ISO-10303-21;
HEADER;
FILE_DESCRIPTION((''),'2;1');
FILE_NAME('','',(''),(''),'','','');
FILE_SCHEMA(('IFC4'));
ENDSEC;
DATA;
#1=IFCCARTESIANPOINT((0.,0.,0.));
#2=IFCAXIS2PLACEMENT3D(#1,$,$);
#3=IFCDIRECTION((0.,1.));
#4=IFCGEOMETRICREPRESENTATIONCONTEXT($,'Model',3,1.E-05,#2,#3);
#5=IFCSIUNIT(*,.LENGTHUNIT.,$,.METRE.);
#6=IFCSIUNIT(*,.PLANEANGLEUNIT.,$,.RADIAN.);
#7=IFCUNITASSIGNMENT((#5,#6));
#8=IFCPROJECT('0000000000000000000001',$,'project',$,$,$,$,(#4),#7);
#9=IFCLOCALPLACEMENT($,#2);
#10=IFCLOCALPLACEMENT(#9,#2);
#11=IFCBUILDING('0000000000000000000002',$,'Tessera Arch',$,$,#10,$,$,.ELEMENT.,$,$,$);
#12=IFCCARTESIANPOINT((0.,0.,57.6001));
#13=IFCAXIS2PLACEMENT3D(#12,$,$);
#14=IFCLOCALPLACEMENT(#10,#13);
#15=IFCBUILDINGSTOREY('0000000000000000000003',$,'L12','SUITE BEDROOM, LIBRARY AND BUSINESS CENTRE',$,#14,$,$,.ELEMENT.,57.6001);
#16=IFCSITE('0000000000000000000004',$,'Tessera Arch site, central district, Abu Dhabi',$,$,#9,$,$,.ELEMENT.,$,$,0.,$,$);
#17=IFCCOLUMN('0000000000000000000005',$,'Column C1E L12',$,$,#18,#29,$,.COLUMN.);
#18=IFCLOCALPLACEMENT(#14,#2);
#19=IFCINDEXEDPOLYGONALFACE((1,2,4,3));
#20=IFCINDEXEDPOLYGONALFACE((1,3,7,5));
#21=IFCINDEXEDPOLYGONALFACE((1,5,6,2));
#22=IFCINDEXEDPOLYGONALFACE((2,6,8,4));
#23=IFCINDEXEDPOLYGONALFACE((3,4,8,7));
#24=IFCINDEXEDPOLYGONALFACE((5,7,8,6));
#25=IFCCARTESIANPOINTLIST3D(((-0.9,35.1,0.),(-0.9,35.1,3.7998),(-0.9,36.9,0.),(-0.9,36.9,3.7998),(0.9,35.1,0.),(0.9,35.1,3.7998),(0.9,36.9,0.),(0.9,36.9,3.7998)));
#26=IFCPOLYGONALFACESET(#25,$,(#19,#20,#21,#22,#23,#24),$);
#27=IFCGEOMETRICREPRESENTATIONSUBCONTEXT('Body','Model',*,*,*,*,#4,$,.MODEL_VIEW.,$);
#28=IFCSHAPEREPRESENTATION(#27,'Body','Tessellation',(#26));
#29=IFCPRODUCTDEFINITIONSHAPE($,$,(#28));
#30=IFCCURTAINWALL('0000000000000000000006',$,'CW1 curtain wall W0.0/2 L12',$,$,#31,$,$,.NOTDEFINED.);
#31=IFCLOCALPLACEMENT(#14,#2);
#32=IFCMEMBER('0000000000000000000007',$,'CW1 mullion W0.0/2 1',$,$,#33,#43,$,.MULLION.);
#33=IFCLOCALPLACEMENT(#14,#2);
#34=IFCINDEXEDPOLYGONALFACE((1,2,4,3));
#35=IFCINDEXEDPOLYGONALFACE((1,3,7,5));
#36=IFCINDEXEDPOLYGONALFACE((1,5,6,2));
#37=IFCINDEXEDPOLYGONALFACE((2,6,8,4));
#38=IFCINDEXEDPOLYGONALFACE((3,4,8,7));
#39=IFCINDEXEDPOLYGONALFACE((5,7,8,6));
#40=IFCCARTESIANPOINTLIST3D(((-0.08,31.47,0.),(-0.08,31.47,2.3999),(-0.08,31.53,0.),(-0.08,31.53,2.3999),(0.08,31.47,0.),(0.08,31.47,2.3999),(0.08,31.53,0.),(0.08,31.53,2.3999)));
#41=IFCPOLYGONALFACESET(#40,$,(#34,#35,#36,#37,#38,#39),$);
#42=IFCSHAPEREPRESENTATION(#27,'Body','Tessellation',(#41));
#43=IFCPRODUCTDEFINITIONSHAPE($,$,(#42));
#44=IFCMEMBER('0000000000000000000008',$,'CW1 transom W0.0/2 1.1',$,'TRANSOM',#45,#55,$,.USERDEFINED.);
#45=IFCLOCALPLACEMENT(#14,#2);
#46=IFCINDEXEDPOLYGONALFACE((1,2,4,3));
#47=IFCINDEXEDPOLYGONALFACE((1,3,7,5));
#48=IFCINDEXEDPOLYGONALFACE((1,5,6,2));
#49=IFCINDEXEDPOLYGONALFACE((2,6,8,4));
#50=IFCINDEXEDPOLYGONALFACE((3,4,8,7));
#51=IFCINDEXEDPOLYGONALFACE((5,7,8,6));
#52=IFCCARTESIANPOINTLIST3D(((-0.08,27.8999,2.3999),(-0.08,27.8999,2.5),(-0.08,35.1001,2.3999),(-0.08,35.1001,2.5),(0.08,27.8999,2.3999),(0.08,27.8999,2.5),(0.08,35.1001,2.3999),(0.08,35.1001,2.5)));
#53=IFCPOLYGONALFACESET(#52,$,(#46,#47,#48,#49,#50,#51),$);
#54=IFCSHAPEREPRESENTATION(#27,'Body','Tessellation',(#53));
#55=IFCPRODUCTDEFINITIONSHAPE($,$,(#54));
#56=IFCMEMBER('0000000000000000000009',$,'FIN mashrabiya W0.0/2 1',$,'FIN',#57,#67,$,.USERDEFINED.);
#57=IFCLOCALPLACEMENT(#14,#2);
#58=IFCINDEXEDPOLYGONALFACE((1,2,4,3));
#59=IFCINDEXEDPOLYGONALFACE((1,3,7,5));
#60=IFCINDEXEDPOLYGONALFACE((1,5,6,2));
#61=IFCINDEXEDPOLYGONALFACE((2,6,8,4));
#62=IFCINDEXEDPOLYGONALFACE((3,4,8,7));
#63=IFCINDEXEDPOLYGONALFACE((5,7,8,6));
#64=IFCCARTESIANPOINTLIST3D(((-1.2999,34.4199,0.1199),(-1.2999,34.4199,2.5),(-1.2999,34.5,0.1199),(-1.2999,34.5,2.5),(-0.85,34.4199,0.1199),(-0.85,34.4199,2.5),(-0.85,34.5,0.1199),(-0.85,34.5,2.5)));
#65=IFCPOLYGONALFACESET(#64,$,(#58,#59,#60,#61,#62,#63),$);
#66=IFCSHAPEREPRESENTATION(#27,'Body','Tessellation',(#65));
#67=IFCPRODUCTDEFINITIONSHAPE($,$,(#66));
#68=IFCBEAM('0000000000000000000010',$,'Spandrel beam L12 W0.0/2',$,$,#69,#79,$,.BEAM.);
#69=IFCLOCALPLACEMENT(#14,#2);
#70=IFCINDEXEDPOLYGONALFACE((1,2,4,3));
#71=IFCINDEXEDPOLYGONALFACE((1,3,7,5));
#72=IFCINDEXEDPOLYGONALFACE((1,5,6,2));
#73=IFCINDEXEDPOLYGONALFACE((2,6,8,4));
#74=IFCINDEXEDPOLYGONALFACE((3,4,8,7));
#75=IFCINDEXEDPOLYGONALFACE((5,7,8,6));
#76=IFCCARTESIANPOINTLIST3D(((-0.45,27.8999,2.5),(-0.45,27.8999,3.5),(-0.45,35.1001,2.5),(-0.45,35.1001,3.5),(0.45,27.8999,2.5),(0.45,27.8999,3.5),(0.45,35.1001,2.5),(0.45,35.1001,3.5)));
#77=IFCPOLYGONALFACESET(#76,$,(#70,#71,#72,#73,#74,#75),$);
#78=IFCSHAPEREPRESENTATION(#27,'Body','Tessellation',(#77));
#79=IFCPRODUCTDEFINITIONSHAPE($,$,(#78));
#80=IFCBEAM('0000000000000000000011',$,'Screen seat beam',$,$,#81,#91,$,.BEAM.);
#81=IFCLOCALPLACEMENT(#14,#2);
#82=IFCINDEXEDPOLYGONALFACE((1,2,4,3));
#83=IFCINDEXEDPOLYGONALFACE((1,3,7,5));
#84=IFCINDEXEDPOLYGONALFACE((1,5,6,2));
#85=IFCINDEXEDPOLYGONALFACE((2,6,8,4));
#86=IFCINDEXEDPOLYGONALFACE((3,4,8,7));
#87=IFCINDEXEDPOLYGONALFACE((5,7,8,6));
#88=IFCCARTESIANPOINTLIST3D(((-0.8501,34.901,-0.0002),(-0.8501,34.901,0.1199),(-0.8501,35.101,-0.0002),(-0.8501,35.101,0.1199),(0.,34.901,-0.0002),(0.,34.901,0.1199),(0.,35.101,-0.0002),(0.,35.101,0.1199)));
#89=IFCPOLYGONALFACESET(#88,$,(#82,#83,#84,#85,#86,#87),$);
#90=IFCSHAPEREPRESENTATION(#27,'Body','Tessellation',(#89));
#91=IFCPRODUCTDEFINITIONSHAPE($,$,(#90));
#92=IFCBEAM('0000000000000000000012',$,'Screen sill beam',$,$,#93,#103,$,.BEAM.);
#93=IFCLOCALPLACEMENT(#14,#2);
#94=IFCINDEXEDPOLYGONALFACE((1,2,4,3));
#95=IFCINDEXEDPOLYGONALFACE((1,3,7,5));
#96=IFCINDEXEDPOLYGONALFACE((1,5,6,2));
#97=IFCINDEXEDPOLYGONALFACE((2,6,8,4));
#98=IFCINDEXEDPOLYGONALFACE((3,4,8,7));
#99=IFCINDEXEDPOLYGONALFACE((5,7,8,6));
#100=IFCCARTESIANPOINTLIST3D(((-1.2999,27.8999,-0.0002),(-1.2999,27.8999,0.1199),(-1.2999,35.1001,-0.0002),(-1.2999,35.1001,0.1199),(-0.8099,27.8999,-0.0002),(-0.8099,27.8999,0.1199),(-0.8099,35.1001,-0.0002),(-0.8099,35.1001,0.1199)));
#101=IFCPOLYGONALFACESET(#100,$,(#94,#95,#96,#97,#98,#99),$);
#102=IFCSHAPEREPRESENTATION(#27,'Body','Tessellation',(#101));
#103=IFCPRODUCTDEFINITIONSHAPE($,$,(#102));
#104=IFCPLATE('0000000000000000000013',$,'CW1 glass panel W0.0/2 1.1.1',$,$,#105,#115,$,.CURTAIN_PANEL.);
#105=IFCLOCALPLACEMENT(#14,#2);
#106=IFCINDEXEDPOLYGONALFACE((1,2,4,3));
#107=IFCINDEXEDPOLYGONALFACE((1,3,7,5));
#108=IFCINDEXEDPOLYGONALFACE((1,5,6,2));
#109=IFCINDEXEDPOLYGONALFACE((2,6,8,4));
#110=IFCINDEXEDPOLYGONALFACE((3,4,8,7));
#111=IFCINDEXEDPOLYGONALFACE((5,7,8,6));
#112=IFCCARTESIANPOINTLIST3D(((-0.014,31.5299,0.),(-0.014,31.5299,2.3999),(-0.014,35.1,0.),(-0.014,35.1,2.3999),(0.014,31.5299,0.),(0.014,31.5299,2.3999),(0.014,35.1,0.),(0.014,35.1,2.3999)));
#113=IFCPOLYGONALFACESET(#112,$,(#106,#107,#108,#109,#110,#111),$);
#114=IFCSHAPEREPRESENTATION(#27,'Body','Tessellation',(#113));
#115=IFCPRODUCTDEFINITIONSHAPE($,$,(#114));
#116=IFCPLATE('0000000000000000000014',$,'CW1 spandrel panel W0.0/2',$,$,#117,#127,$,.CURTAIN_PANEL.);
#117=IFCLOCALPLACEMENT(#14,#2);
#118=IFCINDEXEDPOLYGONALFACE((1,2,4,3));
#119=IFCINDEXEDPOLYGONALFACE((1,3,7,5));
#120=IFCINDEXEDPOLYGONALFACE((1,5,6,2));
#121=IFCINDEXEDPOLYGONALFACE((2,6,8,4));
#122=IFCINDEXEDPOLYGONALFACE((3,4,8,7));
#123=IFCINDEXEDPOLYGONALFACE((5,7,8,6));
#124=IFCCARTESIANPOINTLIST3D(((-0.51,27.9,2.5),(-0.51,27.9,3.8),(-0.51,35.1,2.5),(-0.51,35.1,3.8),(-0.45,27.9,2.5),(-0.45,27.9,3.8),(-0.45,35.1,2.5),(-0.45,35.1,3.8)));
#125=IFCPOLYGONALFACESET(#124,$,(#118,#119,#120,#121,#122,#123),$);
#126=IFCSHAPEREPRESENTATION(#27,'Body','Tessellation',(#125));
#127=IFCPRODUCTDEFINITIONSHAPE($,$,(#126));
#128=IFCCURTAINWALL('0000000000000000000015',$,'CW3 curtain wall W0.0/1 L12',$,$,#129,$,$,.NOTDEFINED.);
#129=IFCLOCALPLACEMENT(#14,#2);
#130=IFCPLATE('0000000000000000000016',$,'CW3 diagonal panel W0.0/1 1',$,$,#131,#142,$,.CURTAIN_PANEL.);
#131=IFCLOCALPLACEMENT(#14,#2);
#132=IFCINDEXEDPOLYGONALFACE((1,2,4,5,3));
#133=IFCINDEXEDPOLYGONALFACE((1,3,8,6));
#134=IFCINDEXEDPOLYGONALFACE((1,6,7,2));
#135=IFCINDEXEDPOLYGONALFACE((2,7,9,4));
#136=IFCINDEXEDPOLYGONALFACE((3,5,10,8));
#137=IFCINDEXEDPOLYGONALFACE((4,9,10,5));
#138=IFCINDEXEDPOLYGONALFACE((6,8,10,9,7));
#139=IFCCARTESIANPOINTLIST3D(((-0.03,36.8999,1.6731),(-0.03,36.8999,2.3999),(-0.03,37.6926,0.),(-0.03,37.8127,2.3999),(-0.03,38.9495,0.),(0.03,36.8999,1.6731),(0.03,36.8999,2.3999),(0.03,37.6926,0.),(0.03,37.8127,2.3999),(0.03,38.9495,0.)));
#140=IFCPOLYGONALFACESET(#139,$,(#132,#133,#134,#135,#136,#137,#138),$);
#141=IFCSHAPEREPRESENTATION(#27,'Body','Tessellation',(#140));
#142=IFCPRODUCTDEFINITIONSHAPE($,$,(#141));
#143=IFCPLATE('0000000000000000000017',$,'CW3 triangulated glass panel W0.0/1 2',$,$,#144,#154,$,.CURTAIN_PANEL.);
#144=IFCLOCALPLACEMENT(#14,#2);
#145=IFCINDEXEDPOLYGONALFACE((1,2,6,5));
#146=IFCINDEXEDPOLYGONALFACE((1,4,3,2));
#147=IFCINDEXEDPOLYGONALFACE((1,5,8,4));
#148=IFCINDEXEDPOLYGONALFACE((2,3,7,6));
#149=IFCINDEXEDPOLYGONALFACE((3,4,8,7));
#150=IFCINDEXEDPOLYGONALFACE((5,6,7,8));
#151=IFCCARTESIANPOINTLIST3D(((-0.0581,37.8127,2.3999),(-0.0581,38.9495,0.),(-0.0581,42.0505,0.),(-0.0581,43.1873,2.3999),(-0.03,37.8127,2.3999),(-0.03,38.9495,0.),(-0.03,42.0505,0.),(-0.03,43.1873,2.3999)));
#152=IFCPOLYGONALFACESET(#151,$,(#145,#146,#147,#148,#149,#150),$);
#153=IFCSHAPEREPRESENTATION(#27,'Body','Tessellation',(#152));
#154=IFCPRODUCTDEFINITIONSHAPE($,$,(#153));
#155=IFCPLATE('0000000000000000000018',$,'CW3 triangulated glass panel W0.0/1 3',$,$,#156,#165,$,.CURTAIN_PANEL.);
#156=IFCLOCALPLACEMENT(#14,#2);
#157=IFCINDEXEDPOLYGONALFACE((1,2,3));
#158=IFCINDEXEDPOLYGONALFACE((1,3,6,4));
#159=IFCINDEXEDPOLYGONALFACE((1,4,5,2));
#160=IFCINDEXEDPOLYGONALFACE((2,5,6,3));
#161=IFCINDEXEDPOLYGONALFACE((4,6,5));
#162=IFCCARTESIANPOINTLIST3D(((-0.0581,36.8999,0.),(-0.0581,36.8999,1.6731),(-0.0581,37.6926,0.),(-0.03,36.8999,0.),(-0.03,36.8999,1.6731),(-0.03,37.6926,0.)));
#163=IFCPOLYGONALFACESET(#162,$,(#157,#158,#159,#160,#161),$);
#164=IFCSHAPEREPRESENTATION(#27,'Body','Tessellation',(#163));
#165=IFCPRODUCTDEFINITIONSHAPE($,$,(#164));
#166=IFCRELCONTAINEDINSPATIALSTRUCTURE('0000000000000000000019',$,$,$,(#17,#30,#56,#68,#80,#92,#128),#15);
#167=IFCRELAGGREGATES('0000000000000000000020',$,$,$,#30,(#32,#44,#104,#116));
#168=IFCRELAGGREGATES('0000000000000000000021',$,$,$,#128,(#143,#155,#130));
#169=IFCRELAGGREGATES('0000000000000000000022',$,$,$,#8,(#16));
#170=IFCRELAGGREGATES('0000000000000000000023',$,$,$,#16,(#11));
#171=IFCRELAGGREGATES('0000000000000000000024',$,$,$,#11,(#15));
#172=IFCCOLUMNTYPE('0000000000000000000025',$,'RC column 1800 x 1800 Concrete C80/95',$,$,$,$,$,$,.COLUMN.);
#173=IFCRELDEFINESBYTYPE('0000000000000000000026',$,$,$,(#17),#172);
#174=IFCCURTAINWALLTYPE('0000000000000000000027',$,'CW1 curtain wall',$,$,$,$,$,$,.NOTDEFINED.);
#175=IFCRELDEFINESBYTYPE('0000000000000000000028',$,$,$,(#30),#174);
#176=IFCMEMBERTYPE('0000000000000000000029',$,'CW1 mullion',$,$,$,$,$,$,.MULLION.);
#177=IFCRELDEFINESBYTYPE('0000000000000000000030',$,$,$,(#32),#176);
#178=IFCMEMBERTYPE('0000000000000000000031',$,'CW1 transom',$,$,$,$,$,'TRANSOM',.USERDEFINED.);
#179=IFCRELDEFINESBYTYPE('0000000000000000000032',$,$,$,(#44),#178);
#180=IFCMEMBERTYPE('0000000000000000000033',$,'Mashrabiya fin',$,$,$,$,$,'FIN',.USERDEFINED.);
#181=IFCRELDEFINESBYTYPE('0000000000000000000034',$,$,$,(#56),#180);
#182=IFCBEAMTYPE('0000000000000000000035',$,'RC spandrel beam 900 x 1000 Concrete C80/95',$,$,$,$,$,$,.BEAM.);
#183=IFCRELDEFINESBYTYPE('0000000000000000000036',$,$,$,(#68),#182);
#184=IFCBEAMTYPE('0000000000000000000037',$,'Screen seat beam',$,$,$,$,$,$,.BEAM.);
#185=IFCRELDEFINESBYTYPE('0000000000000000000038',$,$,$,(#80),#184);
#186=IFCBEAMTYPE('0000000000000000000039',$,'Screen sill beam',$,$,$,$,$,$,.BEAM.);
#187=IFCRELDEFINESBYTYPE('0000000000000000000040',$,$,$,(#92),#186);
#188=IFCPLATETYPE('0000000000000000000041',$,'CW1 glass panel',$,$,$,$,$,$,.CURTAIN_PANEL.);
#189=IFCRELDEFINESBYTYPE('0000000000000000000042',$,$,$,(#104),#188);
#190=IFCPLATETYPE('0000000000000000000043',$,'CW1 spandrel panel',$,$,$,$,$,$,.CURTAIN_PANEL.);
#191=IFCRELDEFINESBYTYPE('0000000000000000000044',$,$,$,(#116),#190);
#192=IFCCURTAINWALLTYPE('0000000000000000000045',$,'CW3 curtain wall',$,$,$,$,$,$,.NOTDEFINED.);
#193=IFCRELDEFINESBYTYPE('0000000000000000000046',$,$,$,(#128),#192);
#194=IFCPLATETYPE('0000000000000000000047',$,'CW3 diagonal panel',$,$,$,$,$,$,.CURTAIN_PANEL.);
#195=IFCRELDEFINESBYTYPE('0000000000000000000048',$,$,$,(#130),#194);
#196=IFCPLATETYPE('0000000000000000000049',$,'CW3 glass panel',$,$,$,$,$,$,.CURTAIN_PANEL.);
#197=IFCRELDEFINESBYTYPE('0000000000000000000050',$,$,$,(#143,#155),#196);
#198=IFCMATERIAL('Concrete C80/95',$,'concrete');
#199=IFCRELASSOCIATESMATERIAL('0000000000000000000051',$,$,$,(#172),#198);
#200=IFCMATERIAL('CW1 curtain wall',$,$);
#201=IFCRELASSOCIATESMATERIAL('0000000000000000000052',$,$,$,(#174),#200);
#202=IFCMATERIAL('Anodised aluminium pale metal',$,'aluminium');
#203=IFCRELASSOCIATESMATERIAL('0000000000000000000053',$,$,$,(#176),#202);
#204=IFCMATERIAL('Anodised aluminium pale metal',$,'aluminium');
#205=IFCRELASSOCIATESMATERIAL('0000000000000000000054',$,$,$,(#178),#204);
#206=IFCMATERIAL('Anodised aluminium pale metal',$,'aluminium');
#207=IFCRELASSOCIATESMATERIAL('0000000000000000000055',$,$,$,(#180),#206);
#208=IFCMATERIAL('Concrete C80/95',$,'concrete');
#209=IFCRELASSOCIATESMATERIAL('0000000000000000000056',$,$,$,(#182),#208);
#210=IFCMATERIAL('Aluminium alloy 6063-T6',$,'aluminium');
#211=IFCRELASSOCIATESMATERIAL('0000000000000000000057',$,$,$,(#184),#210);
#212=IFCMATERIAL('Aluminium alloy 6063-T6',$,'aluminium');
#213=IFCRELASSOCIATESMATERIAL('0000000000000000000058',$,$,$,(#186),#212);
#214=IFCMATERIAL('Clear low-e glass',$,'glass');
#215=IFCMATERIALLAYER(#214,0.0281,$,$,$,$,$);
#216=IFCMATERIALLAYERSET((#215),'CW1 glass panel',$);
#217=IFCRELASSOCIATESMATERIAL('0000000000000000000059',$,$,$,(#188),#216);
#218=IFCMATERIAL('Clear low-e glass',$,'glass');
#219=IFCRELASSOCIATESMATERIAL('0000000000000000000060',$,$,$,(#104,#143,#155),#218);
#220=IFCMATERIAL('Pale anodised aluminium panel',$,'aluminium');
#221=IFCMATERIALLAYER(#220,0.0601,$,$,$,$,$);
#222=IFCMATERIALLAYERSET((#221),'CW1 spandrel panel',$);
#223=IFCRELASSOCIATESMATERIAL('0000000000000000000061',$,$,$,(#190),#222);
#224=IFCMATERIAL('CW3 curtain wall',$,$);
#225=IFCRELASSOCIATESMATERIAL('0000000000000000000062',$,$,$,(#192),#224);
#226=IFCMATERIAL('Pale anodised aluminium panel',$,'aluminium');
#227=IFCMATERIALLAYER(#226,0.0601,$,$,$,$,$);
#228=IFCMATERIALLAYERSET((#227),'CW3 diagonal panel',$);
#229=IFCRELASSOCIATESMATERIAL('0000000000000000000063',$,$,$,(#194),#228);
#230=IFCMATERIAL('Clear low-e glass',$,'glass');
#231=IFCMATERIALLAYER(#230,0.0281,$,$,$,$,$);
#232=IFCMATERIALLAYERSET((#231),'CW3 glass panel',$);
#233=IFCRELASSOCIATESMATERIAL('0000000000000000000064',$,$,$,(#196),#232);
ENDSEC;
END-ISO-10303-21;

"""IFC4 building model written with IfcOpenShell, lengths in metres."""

from ifc_helpers import new_model, si_unit, direction, frame, origin, origin_2d, place, context, subcontext, project, spatial, polyline, rectangle, outline, extrude, material, layer, layer_set, material_profile, profile_set, type_object, element, aggregate, save


model = new_model("IFC4")

# Units and contexts
model_context = context("Model", 3, precision=1e-05, world=origin(), true_north=direction((0.0, 1.0)))
body_context = subcontext(model_context, "Body", "Model", "MODEL_VIEW")
ifc_project = project(units=[si_unit("LENGTHUNIT", "METRE"), si_unit("PLANEANGLEUNIT", "RADIAN")], contexts=[model_context])

# Site, building, storey
site_placement = place(None, origin())
site = spatial("IfcSite", under=ifc_project, at=site_placement, Name="Tessera Arch site, central district, Abu Dhabi", CompositionType="ELEMENT", RefElevation=0.0)
building_placement = place(site_placement, origin())
building = spatial("IfcBuilding", under=site, at=building_placement, Name="Tessera Arch", CompositionType="ELEMENT")
storey_placement = place(building_placement, frame((0.0, 0.0, 57.6001)))
storey = spatial("IfcBuildingStorey", under=building, at=storey_placement, Name="L12", Description="SUITE BEDROOM, LIBRARY AND BUSINESS CENTRE", CompositionType="ELEMENT", Elevation=57.6001)

# Column
ifc_material_1 = material(Name="Concrete C80/95", Category="concrete")
ifc_material_profile_1 = material_profile(ifc_material_1, rectangle(XDim=1.8, YDim=1.8, at=origin_2d()), Name="RC column 1800 x 1800 Concrete C80/95")
ifc_profile_set_1 = profile_set([ifc_material_profile_1], Name="Concrete C80/95")
column_type = type_object("IfcColumnType", Name="RC column 1800 x 1800 Concrete C80/95", PredefinedType="COLUMN", material=ifc_profile_set_1)
column_placement = place(storey_placement, frame((0.0, 36.0, 0.0), z_axis=(0.0, 0.0, 1.0), x_axis=(1.0, 0.0, 0.0)))
element("IfcColumn", 1, at=column_placement, inside=storey, type_object=column_type, Name="Column C1E L12", PredefinedType="COLUMN", context=body_context, shape_type="SweptSolid", body=[
    extrude(rectangle(XDim=1.8, YDim=1.8, at=origin_2d()), origin(), (0.0, 0.0, 1.0), 3.7998),
])

# Curtain wall, members
ifc_material_2 = material(Name="CW1 curtain wall")
curtain_wall_type_1 = type_object("IfcCurtainWallType", Name="CW1 curtain wall", PredefinedType="NOTDEFINED", material=ifc_material_2)
curtain_wall_1_placement = place(storey_placement, origin())
curtain_wall_1 = element("IfcCurtainWall", 2, at=curtain_wall_1_placement, inside=storey, type_object=curtain_wall_type_1, Name="CW1 curtain wall W0.0/2 L12", PredefinedType="NOTDEFINED")
ifc_material_3 = material(Name="Anodised aluminium pale metal", Category="aluminium")
ifc_material_profile_2 = material_profile(ifc_material_3, rectangle(XDim=0.1599, YDim=0.0601, at=origin_2d()), Name="AL 60x160")
ifc_profile_set_2 = profile_set([ifc_material_profile_2], Name="Anodised aluminium pale metal")
member_type_1 = type_object("IfcMemberType", Name="CW1 mullion", PredefinedType="MULLION", material=ifc_profile_set_2)
member_1_placement = place(storey_placement, frame((0.0, 31.5, 0.0), z_axis=(0.0, 0.0, 1.0), x_axis=(1.0, 0.0, 0.0)))
member_1 = element("IfcMember", 3, at=member_1_placement, type_object=member_type_1, Name="CW1 mullion W0.0/2 1", PredefinedType="MULLION", context=body_context, shape_type="SweptSolid", body=[
    extrude(rectangle(XDim=0.1599, YDim=0.0601, at=origin_2d()), origin(), (0.0, 0.0, 1.0), 2.3999),
])
ifc_material_4 = material(Name="Anodised aluminium pale metal", Category="aluminium")
ifc_material_profile_3 = material_profile(ifc_material_4, rectangle(XDim=0.1599, YDim=0.1001, at=origin_2d()), Name="AL 160x100")
ifc_profile_set_3 = profile_set([ifc_material_profile_3], Name="Anodised aluminium pale metal")
member_type_2 = type_object("IfcMemberType", Name="CW1 transom", ElementType="TRANSOM", PredefinedType="USERDEFINED", material=ifc_profile_set_3)
member_2_placement = place(storey_placement, frame((0.0, 35.1001, 2.45), z_axis=(0.0, -1.0, 0.0), x_axis=(1.0, 0.0, 0.0)))
member_2 = element("IfcMember", 4, at=member_2_placement, type_object=member_type_2, Name="CW1 transom W0.0/2 1.1", ObjectType="TRANSOM", PredefinedType="USERDEFINED", context=body_context, shape_type="SweptSolid", body=[
    extrude(rectangle(XDim=0.1599, YDim=0.1001, at=origin_2d()), origin(), (0.0, 0.0, 1.0), 7.2002),
])

# Member
ifc_material_5 = material(Name="Anodised aluminium pale metal", Category="aluminium")
ifc_material_profile_4 = material_profile(ifc_material_5, rectangle(XDim=0.45, YDim=0.0801, at=origin_2d()), Name="AL 80x450")
ifc_profile_set_4 = profile_set([ifc_material_profile_4], Name="Anodised aluminium pale metal")
member_type_3 = type_object("IfcMemberType", Name="Mashrabiya fin", ElementType="FIN", PredefinedType="USERDEFINED", material=ifc_profile_set_4)
member_3_placement = place(storey_placement, frame((-1.075, 34.46, 0.1199), z_axis=(0.0, 0.0, 1.0), x_axis=(-1.0, 0.0, 0.0)))
element("IfcMember", 5, at=member_3_placement, inside=storey, type_object=member_type_3, Name="FIN mashrabiya W0.0/2 1", ObjectType="FIN", PredefinedType="USERDEFINED", context=body_context, shape_type="SweptSolid", body=[
    extrude(rectangle(XDim=0.45, YDim=0.0801, at=origin_2d()), origin(), (0.0, 0.0, 1.0), 2.3801),
])

# Beams
ifc_material_6 = material(Name="Concrete C80/95", Category="concrete")
ifc_material_profile_5 = material_profile(ifc_material_6, rectangle(XDim=0.8999, YDim=1.0, at=origin_2d()), Name="RC spandrel beam 900 x 1000 Concrete C80/95")
ifc_profile_set_5 = profile_set([ifc_material_profile_5], Name="Concrete C80/95")
beam_type_1 = type_object("IfcBeamType", Name="RC spandrel beam 900 x 1000 Concrete C80/95", PredefinedType="BEAM", material=ifc_profile_set_5)
beam_1_placement = place(storey_placement, frame((0.0, 35.1001, 3.0), z_axis=(0.0, -1.0, 0.0), x_axis=(1.0, 0.0, 0.0)))
element("IfcBeam", 6, at=beam_1_placement, inside=storey, type_object=beam_type_1, Name="Spandrel beam L12 W0.0/2", PredefinedType="BEAM", context=body_context, shape_type="SweptSolid", body=[
    extrude(rectangle(XDim=0.8999, YDim=1.0, at=origin_2d()), origin(), (0.0, 0.0, 1.0), 7.2002),
])
ifc_material_7 = material(Name="Aluminium alloy 6063-T6", Category="aluminium")
ifc_material_profile_6 = material_profile(ifc_material_7, rectangle(XDim=0.2, YDim=0.1201, at=origin_2d()), Name="AL 200x120")
ifc_profile_set_6 = profile_set([ifc_material_profile_6], Name="Aluminium alloy 6063-T6")
beam_type_2 = type_object("IfcBeamType", Name="Screen seat beam", PredefinedType="BEAM", material=ifc_profile_set_6)
beam_2_placement = place(storey_placement, frame((0.0, 35.001, 0.0598), z_axis=(-1.0, 0.0, 0.0), x_axis=(0.0, -1.0, 0.0)))
element("IfcBeam", 7, at=beam_2_placement, inside=storey, type_object=beam_type_2, Name="Screen seat beam", PredefinedType="BEAM", context=body_context, shape_type="SweptSolid", body=[
    extrude(rectangle(XDim=0.2, YDim=0.1201, at=origin_2d()), origin(), (0.0, 0.0, 1.0), 0.8501),
])
ifc_material_8 = material(Name="Aluminium alloy 6063-T6", Category="aluminium")
ifc_material_profile_7 = material_profile(ifc_material_8, rectangle(XDim=0.49, YDim=0.1201, at=origin_2d()), Name="AL 490x120")
ifc_profile_set_7 = profile_set([ifc_material_profile_7], Name="Aluminium alloy 6063-T6")
beam_type_3 = type_object("IfcBeamType", Name="Screen sill beam", PredefinedType="BEAM", material=ifc_profile_set_7)
beam_3_placement = place(storey_placement, frame((-1.0549, 35.1001, 0.0598), z_axis=(0.0, -1.0, 0.0), x_axis=(1.0, 0.0, 0.0)))
element("IfcBeam", 8, at=beam_3_placement, inside=storey, type_object=beam_type_3, Name="Screen sill beam", PredefinedType="BEAM", context=body_context, shape_type="SweptSolid", body=[
    extrude(rectangle(XDim=0.49, YDim=0.1201, at=origin_2d()), origin(), (0.0, 0.0, 1.0), 7.2002),
])

# Plates
ifc_material_9 = material(Name="Clear low-e glass", Category="glass")
ifc_material_10 = material(Name="Clear low-e glass", Category="glass")
ifc_layer_1 = layer(ifc_material_10, 0.0281)
ifc_layer_set_1 = layer_set([ifc_layer_1], Name="CW1 glass panel")
plate_type_1 = type_object("IfcPlateType", Name="CW1 glass panel", PredefinedType="CURTAIN_PANEL", material=ifc_layer_set_1)
plate_1_placement = place(storey_placement, frame((0.0, 33.3149, 0.0), z_axis=(0.0, 0.0, 1.0), x_axis=(0.0, -1.0, 0.0)))
plate_1 = element("IfcPlate", 9, at=plate_1_placement, type_object=plate_type_1, material=ifc_material_9, Name="CW1 glass panel W0.0/2 1.1.1", PredefinedType="CURTAIN_PANEL", context=body_context, shape_type="SweptSolid", body=[
    extrude(rectangle(XDim=3.5701, YDim=0.0281, at=origin_2d()), origin(), (0.0, 0.0, 1.0), 2.3999),
])
ifc_material_11 = material(Name="Pale anodised aluminium panel", Category="aluminium")
ifc_layer_2 = layer(ifc_material_11, 0.0601)
ifc_layer_set_2 = layer_set([ifc_layer_2], Name="CW1 spandrel panel")
plate_type_2 = type_object("IfcPlateType", Name="CW1 spandrel panel", PredefinedType="CURTAIN_PANEL", material=ifc_layer_set_2)
plate_2_placement = place(storey_placement, frame((-0.48, 31.5, 2.5), z_axis=(0.0, 0.0, 1.0), x_axis=(0.0, -1.0, 0.0)))
plate_2 = element("IfcPlate", 10, at=plate_2_placement, type_object=plate_type_2, Name="CW1 spandrel panel W0.0/2", PredefinedType="CURTAIN_PANEL", context=body_context, shape_type="SweptSolid", body=[
    extrude(rectangle(XDim=7.2, YDim=0.0601, at=origin_2d()), origin(), (0.0, 0.0, 1.0), 1.3),
])
aggregate(curtain_wall_1, [member_1, member_2, plate_1, plate_2])

# Curtain wall, plates
ifc_material_12 = material(Name="CW3 curtain wall")
curtain_wall_type_2 = type_object("IfcCurtainWallType", Name="CW3 curtain wall", PredefinedType="NOTDEFINED", material=ifc_material_12)
curtain_wall_2_placement = place(storey_placement, origin())
curtain_wall_2 = element("IfcCurtainWall", 11, at=curtain_wall_2_placement, inside=storey, type_object=curtain_wall_type_2, Name="CW3 curtain wall W0.0/1 L12", PredefinedType="NOTDEFINED")
ifc_material_13 = material(Name="Pale anodised aluminium panel", Category="aluminium")
ifc_layer_3 = layer(ifc_material_13, 0.0601)
ifc_layer_set_3 = layer_set([ifc_layer_3], Name="CW3 diagonal panel")
plate_type_3 = type_object("IfcPlateType", Name="CW3 diagonal panel", PredefinedType="CURTAIN_PANEL", material=ifc_layer_set_3)
plate_3_placement = place(storey_placement, frame((-0.03, 36.8999, 2.3999), z_axis=(-1.0, 0.0, 0.0), x_axis=(0.0, 1.0, 0.0)))
plate_3 = element("IfcPlate", 12, at=plate_3_placement, type_object=plate_type_3, Name="CW3 diagonal panel W0.0/1 1", PredefinedType="CURTAIN_PANEL", context=body_context, shape_type="SweptSolid", body=[
    extrude(outline(polyline([(0.0, 0.0), (0.9128, 0.0), (2.0496, 2.3999), (0.7927, 2.3999), (0.0, 0.7268), (0.0, 0.0)])), origin(), (0.0, 0.0, -1.0), 0.0601),
])
ifc_material_14 = material(Name="Clear low-e glass", Category="glass")
ifc_layer_4 = layer(ifc_material_14, 0.0281)
ifc_layer_set_4 = layer_set([ifc_layer_4], Name="CW3 glass panel")
plate_type_4 = type_object("IfcPlateType", Name="CW3 glass panel", PredefinedType="CURTAIN_PANEL", material=ifc_layer_set_4)
plate_4_placement = place(storey_placement, frame((-0.0581, 37.8127, 2.3999), z_axis=(-1.0, 0.0, 0.0), x_axis=(0.0, 1.0, 0.0)))
plate_4 = element("IfcPlate", 13, at=plate_4_placement, type_object=plate_type_4, material=ifc_material_9, Name="CW3 triangulated glass panel W0.0/1 2", PredefinedType="CURTAIN_PANEL", context=body_context, shape_type="SweptSolid", body=[
    extrude(outline(polyline([(0.0, 0.0), (5.3745, 0.0), (4.2378, 2.3999), (1.1367, 2.3999), (0.0, 0.0)])), origin(), (0.0, 0.0, -1.0), 0.0281),
])
plate_5_placement = place(storey_placement, frame((-0.0581, 36.8999, 0.0), z_axis=(-1.0, 0.0, 0.0), x_axis=(0.0, 0.0, 1.0)))
plate_5 = element("IfcPlate", 14, at=plate_5_placement, type_object=plate_type_4, material=ifc_material_9, Name="CW3 triangulated glass panel W0.0/1 3", PredefinedType="CURTAIN_PANEL", context=body_context, shape_type="SweptSolid", body=[
    extrude(outline(polyline([(0.0, 0.0), (1.6731, 0.0), (0.0, 0.7927), (0.0, 0.0)])), origin(), (0.0, 0.0, -1.0), 0.0281),
])
aggregate(curtain_wall_2, [plate_4, plate_5, plate_3])

save(model, "model.ifc")
